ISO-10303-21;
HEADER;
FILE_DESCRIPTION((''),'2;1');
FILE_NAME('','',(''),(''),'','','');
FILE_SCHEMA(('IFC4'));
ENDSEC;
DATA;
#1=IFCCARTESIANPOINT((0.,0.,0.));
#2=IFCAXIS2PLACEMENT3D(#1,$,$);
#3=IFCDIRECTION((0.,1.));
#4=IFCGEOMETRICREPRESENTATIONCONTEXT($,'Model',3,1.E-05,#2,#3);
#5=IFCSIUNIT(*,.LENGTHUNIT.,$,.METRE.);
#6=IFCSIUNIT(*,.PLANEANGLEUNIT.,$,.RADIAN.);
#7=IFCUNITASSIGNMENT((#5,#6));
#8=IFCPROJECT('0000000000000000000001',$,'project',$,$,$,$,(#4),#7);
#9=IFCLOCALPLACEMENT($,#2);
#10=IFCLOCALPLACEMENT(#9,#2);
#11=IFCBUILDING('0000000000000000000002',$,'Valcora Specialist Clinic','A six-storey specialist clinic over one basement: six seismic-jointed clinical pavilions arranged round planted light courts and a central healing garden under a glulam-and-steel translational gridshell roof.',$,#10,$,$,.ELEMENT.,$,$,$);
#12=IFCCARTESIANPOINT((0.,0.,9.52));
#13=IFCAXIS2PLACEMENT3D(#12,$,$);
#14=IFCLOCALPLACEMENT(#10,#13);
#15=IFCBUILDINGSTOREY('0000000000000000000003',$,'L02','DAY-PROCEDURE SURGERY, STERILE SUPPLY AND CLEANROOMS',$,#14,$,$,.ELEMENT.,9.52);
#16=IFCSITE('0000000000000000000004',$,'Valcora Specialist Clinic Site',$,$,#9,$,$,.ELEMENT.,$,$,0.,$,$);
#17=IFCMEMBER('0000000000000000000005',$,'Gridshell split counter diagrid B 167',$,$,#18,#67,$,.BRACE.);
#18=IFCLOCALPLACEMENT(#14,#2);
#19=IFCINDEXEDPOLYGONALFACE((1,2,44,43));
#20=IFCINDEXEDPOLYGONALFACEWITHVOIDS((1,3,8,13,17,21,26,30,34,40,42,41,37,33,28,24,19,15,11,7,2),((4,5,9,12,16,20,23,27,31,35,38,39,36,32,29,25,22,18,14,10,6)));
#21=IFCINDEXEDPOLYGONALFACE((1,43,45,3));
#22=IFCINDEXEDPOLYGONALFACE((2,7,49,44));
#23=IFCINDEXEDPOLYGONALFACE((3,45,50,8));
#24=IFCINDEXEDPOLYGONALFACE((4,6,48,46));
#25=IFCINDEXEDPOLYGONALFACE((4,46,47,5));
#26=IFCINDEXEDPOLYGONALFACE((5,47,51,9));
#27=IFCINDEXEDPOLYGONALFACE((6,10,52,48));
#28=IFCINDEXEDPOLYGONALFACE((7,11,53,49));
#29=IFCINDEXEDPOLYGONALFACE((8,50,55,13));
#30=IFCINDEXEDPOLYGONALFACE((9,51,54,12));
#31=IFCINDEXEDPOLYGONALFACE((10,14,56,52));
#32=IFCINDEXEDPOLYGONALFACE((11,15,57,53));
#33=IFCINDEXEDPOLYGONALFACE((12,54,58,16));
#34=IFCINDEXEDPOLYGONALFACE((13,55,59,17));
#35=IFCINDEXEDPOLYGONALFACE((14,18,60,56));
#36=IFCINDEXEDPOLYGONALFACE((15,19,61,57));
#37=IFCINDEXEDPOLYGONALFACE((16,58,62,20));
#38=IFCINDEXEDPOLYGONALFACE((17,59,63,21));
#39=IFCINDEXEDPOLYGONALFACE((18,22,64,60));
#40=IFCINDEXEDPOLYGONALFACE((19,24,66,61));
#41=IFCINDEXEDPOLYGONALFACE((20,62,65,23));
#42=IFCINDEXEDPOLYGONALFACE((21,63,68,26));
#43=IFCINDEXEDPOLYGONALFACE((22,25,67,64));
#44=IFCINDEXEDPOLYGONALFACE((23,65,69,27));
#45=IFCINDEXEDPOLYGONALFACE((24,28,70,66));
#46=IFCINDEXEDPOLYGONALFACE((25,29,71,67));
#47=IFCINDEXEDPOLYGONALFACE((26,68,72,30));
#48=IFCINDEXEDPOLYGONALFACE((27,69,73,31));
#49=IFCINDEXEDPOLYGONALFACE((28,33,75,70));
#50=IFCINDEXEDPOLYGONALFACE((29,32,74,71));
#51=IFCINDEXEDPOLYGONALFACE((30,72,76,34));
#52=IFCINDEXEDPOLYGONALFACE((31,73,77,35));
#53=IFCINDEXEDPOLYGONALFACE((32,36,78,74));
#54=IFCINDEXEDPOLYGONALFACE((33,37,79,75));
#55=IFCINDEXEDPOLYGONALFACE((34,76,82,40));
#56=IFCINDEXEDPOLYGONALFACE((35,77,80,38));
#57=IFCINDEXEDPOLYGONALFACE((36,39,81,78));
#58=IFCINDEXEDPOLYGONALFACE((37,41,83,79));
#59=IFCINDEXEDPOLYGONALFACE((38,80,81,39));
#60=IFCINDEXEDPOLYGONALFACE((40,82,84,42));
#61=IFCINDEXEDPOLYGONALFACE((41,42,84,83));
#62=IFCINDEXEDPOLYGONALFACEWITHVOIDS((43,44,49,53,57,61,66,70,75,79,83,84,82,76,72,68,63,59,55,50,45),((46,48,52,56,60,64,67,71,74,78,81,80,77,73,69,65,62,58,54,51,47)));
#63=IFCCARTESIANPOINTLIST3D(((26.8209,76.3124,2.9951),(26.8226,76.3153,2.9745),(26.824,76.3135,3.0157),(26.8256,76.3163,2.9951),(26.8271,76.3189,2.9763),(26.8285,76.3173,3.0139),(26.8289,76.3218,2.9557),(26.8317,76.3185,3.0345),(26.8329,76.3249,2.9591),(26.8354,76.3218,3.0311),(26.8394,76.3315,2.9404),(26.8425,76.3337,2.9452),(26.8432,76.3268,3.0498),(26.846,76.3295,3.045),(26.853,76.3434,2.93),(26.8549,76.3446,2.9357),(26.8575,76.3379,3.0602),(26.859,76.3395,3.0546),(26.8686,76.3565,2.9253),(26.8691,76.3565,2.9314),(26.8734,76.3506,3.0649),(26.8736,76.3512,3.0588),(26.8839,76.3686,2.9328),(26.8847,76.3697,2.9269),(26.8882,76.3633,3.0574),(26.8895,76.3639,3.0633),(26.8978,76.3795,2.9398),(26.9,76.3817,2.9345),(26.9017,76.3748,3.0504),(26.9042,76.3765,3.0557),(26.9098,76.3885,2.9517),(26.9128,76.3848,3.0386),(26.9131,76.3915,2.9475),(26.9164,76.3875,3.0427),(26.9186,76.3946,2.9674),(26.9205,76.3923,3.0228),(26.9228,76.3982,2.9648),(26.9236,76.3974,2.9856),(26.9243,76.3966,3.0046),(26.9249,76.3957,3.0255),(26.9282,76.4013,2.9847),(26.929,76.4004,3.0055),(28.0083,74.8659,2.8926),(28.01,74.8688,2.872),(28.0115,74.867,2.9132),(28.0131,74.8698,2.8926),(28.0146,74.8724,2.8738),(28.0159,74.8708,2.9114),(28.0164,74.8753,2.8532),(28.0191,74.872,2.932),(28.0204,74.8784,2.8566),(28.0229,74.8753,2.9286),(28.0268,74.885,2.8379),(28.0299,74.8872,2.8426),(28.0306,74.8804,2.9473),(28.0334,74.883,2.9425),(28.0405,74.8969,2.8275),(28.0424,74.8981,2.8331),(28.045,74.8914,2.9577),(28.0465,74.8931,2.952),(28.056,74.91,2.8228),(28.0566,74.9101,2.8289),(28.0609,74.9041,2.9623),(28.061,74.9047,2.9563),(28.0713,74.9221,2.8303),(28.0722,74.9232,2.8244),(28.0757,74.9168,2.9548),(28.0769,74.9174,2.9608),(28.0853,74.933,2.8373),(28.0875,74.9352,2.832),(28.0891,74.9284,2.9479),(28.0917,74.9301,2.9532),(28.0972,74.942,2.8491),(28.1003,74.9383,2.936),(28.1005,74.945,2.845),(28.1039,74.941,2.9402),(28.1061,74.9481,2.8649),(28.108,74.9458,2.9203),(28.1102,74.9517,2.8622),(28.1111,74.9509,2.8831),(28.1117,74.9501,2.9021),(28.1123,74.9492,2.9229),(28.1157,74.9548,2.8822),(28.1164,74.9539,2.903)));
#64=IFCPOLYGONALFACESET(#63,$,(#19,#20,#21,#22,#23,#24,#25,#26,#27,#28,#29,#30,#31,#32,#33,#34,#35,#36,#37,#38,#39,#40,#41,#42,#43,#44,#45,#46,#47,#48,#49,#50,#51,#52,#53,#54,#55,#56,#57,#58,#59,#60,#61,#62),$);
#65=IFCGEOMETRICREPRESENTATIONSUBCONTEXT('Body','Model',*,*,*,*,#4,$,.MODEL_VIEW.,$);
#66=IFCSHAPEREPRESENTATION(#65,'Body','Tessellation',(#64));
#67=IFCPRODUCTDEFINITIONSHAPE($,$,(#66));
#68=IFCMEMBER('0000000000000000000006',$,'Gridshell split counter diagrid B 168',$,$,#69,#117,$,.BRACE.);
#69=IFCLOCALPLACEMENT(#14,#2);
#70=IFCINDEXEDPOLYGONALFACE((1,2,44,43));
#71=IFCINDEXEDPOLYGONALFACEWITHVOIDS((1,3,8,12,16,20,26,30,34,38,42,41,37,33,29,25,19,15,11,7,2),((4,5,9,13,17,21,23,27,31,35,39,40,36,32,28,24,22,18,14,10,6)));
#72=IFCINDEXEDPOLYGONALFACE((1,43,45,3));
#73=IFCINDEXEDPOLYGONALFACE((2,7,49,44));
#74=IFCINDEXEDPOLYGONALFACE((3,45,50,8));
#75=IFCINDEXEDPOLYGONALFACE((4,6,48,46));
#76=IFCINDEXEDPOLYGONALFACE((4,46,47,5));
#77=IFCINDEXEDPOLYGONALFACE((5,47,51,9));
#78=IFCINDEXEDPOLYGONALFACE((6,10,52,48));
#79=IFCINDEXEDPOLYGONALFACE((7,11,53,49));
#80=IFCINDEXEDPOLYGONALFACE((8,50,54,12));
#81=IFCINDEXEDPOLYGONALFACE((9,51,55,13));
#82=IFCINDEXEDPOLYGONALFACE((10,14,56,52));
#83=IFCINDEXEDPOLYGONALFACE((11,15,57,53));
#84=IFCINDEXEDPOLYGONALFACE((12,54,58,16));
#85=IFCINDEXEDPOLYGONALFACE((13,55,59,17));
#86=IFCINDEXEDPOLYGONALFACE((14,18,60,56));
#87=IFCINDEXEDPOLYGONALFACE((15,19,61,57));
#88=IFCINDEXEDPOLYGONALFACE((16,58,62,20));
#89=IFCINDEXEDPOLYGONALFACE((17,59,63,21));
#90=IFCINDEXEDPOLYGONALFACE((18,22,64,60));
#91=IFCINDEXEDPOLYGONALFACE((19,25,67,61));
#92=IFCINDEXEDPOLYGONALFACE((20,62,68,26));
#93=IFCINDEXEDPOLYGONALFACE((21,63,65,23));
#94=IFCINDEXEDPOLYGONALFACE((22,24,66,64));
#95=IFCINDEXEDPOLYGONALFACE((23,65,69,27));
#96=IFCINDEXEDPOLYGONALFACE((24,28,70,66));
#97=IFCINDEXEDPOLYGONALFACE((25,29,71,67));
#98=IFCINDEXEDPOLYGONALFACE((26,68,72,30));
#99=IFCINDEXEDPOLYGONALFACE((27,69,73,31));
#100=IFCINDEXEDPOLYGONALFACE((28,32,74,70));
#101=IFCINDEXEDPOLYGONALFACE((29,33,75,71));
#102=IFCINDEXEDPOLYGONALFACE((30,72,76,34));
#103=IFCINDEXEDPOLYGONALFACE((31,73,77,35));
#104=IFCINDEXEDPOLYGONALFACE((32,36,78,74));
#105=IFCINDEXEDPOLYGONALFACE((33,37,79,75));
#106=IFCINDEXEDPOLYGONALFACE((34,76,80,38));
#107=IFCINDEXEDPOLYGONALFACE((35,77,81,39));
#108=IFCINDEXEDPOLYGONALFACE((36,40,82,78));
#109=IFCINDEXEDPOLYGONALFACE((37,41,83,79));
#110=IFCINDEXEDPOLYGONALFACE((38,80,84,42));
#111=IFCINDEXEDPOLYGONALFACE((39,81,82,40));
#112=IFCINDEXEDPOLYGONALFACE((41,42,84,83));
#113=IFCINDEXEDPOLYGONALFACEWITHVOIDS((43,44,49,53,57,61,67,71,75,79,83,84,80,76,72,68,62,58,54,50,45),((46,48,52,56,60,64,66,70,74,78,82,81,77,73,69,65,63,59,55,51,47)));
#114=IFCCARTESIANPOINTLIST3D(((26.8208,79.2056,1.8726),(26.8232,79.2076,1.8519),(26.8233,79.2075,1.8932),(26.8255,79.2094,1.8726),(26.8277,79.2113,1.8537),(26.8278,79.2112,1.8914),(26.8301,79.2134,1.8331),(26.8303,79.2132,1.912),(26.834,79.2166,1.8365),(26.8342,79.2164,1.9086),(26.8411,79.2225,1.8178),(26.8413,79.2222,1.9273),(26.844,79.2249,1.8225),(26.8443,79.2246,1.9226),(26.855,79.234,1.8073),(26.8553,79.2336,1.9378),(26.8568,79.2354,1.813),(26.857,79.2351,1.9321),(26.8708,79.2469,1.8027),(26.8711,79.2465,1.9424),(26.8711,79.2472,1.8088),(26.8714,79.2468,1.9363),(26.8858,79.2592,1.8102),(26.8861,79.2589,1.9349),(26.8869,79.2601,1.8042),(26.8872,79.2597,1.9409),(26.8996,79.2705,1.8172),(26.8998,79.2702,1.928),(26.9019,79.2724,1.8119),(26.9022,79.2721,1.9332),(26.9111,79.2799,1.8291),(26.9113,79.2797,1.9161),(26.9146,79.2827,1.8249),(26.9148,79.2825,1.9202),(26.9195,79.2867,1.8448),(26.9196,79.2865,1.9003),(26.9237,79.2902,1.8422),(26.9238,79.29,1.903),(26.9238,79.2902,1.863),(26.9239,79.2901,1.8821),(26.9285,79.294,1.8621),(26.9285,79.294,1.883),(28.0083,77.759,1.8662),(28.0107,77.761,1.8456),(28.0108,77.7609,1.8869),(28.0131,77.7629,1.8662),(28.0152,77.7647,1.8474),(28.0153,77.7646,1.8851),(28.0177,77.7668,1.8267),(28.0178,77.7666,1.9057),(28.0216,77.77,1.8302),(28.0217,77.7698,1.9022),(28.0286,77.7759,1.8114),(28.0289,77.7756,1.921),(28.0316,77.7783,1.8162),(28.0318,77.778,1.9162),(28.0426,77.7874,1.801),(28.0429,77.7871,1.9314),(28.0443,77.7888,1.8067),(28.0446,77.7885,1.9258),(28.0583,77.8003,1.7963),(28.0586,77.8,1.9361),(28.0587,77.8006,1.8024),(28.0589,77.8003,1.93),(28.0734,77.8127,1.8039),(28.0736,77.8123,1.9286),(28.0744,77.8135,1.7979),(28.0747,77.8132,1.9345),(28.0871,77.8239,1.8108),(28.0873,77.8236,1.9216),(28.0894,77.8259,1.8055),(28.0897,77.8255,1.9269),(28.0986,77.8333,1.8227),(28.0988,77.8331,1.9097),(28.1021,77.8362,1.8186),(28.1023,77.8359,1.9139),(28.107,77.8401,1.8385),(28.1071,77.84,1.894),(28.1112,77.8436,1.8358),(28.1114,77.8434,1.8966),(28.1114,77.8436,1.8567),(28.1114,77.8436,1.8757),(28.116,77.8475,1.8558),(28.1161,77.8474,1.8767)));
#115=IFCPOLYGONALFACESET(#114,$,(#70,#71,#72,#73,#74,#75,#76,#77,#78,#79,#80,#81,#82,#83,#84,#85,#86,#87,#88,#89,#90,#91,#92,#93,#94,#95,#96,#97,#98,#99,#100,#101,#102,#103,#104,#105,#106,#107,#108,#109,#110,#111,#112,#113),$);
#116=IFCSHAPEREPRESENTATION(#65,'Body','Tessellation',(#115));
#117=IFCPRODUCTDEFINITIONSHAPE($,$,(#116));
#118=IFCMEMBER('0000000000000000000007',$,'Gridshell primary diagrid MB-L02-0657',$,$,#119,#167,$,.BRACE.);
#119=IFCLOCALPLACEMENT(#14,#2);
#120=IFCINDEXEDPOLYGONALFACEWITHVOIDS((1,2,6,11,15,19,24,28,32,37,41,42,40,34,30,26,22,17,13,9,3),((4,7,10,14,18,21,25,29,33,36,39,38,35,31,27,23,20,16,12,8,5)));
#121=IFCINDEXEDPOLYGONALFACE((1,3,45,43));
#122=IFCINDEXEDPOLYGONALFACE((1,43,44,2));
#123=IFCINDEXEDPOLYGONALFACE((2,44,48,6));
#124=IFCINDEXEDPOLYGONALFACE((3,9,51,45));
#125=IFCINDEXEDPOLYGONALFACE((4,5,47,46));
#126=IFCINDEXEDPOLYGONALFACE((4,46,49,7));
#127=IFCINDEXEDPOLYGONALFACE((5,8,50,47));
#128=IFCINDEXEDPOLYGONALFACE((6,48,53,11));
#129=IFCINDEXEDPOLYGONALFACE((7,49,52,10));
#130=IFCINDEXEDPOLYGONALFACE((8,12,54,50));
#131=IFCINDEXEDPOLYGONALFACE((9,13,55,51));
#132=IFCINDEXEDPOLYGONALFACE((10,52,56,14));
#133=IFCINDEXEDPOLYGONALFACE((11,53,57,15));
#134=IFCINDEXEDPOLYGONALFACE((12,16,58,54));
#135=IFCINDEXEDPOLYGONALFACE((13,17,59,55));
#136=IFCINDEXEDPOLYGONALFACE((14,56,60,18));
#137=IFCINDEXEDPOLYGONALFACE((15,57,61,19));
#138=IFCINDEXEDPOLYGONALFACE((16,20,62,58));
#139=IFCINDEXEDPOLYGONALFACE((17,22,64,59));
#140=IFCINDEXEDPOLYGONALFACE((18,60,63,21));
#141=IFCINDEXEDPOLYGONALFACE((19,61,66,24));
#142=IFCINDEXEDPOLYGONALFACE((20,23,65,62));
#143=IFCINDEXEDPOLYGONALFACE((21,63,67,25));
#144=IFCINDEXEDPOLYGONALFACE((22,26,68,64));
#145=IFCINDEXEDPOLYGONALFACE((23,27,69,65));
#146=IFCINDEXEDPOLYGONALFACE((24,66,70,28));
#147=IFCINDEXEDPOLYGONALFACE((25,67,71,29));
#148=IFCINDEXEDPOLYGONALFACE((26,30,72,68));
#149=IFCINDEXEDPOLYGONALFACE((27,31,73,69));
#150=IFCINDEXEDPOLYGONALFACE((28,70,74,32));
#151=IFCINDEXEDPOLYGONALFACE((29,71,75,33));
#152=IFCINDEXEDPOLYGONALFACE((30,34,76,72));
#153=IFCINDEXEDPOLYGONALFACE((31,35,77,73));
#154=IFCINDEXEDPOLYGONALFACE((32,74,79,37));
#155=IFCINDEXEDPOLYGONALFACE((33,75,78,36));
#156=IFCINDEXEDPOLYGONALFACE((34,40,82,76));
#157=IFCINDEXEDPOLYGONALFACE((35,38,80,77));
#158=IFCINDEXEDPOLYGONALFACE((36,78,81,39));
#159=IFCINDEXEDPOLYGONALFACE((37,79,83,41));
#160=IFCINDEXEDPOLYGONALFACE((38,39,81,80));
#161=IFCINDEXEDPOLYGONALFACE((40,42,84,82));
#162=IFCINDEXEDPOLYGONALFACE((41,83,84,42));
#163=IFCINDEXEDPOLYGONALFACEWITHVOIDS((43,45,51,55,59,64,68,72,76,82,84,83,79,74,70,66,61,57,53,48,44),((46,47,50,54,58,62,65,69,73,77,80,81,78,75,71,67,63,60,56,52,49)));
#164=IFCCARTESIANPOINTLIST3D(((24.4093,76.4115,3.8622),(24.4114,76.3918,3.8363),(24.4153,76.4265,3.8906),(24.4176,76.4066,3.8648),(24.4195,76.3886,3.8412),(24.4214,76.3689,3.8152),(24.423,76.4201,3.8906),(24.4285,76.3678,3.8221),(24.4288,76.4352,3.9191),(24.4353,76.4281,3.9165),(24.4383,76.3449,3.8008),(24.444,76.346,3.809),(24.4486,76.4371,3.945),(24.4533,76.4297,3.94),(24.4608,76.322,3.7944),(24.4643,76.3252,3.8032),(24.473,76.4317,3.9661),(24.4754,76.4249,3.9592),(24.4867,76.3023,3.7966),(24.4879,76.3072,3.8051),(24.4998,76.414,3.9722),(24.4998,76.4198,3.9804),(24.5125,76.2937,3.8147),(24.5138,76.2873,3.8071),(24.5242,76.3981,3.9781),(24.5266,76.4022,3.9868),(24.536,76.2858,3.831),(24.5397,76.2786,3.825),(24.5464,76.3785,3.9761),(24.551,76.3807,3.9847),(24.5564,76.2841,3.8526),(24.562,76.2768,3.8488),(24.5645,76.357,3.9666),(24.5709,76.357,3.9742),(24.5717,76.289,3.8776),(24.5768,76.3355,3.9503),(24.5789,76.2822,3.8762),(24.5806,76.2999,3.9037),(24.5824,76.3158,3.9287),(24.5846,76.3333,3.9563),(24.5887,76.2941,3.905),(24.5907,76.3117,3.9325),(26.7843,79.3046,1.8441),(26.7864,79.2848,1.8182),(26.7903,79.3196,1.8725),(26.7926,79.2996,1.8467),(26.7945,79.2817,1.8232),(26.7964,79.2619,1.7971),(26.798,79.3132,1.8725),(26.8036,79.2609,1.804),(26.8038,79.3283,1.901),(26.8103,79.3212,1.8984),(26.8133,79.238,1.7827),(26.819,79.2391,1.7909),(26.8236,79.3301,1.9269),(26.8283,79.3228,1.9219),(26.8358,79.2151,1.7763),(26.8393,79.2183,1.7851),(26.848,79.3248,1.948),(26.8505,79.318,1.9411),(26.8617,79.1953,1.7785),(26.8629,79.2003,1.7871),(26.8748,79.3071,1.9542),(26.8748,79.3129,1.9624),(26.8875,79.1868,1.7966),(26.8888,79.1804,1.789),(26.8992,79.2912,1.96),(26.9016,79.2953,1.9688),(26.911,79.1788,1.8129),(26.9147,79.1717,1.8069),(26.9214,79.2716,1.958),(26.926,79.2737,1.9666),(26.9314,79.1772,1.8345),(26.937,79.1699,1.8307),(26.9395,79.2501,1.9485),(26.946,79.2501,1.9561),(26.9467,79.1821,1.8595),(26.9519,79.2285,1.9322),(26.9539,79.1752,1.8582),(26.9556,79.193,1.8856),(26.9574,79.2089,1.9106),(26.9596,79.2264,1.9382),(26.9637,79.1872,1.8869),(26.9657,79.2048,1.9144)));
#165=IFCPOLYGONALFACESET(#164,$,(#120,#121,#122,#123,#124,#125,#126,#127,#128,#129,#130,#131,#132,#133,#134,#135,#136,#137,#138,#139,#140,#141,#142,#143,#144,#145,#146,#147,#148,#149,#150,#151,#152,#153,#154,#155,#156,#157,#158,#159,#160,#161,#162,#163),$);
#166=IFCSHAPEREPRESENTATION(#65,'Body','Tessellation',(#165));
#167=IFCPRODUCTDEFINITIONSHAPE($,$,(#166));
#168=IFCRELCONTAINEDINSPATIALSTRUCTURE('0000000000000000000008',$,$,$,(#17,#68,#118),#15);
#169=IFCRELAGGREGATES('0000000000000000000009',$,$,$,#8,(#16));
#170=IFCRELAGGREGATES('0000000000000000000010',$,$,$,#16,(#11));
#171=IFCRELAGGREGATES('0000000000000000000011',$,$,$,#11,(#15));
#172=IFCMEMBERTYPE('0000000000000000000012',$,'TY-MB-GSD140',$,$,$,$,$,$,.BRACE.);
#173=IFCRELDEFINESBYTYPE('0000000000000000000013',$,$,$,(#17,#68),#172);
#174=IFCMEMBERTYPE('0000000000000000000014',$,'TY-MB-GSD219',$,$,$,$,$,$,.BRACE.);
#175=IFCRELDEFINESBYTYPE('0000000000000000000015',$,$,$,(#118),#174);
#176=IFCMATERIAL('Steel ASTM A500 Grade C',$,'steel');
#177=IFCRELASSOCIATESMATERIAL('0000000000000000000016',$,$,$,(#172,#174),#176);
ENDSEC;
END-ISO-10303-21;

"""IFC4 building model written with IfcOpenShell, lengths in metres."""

from ifc_helpers import new_model, si_unit, direction, frame, origin, origin_2d, place, context, subcontext, project, spatial, hollow_circle, extrude, material, material_profile, profile_set, type_object, element, save


model = new_model("IFC4")

# Units and contexts
model_context = context("Model", 3, precision=1e-05, world=origin(), true_north=direction((0.0, 1.0)))
body_context = subcontext(model_context, "Body", "Model", "MODEL_VIEW")
ifc_project = project(units=[si_unit("LENGTHUNIT", "METRE"), si_unit("PLANEANGLEUNIT", "RADIAN")], contexts=[model_context])

# Site, building, storey
site_placement = place(None, origin())
site = spatial("IfcSite", under=ifc_project, at=site_placement, Name="Valcora Specialist Clinic Site", CompositionType="ELEMENT", RefElevation=0.0)
building_placement = place(site_placement, origin())
building = spatial("IfcBuilding", under=site, at=building_placement, Name="Valcora Specialist Clinic", Description="A six-storey specialist clinic over one basement: six seismic-jointed clinical pavilions arranged round planted light courts and a central healing garden under a glulam-and-steel translational gridshell roof.", CompositionType="ELEMENT")
storey_placement = place(building_placement, frame((0.0, 0.0, 9.52)))
storey = spatial("IfcBuildingStorey", under=building, at=storey_placement, Name="L02", Description="DAY-PROCEDURE SURGERY, STERILE SUPPLY AND CLEANROOMS", CompositionType="ELEMENT", Elevation=9.52)

# Members
ifc_material_1 = material(Name="Steel ASTM A500 Grade C", Category="steel")
ifc_material_profile_1 = material_profile(ifc_material_1, hollow_circle(Radius=0.0701, WallThickness=0.0061, at=origin_2d()), Name="ST-CHS-140X6")
ifc_profile_set_1 = profile_set([ifc_material_profile_1], Name="Steel ASTM A500 Grade C")
member_type_1 = type_object("IfcMemberType", Name="TY-MB-GSD140", PredefinedType="BRACE", material=ifc_profile_set_1)
member_1_placement = place(storey_placement, frame((28.0625, 74.9104, 2.8926), z_axis=(-0.633558, 0.771758, 0.054707), x_axis=(-0.772916, -0.634508, 0.0)))
element("IfcMember", 1, at=member_1_placement, inside=storey, type_object=member_type_1, Name="Gridshell split counter diagrid B 167", PredefinedType="BRACE", context=body_context, shape_type="SweptSolid", body=[
    extrude(hollow_circle(Radius=0.0701, WallThickness=0.0061, at=origin_2d()), origin(), (0.0, 0.0, 1.0), 1.8743),
])
member_2_placement = place(storey_placement, frame((28.0625, 77.8035, 1.8662), z_axis=(-0.634505, 0.772911, 0.003392), x_axis=(-0.772916, -0.634508, 0.0)))
element("IfcMember", 2, at=member_2_placement, inside=storey, type_object=member_type_1, Name="Gridshell split counter diagrid B 168", PredefinedType="BRACE", context=body_context, shape_type="SweptSolid", body=[
    extrude(hollow_circle(Radius=0.0701, WallThickness=0.0061, at=origin_2d()), origin(), (0.0, 0.0, 1.0), 1.8716),
])
ifc_material_profile_2 = material_profile(ifc_material_1, hollow_circle(Radius=0.1096, WallThickness=0.01, at=origin_2d()), Name="ST-CHS-219X10")
ifc_profile_set_2 = profile_set([ifc_material_profile_2], Name="Steel ASTM A500 Grade C")
member_type_2 = type_object("IfcMemberType", Name="TY-MB-GSD219", PredefinedType="BRACE", material=ifc_profile_set_2)
member_3_placement = place(storey_placement, frame((24.5, 76.3569, 3.8906), z_axis=(0.558506, 0.680335, -0.474569), x_axis=(-0.772916, 0.634508, 0.0)))
element("IfcMember", 3, at=member_3_placement, inside=storey, type_object=member_type_2, Name="Gridshell primary diagrid MB-L02-0657", PredefinedType="BRACE", context=body_context, shape_type="SweptSolid", body=[
    extrude(hollow_circle(Radius=0.1096, WallThickness=0.01, at=origin_2d()), origin(), (0.0, 0.0, 1.0), 4.2524),
])

save(model, "model.ifc")
